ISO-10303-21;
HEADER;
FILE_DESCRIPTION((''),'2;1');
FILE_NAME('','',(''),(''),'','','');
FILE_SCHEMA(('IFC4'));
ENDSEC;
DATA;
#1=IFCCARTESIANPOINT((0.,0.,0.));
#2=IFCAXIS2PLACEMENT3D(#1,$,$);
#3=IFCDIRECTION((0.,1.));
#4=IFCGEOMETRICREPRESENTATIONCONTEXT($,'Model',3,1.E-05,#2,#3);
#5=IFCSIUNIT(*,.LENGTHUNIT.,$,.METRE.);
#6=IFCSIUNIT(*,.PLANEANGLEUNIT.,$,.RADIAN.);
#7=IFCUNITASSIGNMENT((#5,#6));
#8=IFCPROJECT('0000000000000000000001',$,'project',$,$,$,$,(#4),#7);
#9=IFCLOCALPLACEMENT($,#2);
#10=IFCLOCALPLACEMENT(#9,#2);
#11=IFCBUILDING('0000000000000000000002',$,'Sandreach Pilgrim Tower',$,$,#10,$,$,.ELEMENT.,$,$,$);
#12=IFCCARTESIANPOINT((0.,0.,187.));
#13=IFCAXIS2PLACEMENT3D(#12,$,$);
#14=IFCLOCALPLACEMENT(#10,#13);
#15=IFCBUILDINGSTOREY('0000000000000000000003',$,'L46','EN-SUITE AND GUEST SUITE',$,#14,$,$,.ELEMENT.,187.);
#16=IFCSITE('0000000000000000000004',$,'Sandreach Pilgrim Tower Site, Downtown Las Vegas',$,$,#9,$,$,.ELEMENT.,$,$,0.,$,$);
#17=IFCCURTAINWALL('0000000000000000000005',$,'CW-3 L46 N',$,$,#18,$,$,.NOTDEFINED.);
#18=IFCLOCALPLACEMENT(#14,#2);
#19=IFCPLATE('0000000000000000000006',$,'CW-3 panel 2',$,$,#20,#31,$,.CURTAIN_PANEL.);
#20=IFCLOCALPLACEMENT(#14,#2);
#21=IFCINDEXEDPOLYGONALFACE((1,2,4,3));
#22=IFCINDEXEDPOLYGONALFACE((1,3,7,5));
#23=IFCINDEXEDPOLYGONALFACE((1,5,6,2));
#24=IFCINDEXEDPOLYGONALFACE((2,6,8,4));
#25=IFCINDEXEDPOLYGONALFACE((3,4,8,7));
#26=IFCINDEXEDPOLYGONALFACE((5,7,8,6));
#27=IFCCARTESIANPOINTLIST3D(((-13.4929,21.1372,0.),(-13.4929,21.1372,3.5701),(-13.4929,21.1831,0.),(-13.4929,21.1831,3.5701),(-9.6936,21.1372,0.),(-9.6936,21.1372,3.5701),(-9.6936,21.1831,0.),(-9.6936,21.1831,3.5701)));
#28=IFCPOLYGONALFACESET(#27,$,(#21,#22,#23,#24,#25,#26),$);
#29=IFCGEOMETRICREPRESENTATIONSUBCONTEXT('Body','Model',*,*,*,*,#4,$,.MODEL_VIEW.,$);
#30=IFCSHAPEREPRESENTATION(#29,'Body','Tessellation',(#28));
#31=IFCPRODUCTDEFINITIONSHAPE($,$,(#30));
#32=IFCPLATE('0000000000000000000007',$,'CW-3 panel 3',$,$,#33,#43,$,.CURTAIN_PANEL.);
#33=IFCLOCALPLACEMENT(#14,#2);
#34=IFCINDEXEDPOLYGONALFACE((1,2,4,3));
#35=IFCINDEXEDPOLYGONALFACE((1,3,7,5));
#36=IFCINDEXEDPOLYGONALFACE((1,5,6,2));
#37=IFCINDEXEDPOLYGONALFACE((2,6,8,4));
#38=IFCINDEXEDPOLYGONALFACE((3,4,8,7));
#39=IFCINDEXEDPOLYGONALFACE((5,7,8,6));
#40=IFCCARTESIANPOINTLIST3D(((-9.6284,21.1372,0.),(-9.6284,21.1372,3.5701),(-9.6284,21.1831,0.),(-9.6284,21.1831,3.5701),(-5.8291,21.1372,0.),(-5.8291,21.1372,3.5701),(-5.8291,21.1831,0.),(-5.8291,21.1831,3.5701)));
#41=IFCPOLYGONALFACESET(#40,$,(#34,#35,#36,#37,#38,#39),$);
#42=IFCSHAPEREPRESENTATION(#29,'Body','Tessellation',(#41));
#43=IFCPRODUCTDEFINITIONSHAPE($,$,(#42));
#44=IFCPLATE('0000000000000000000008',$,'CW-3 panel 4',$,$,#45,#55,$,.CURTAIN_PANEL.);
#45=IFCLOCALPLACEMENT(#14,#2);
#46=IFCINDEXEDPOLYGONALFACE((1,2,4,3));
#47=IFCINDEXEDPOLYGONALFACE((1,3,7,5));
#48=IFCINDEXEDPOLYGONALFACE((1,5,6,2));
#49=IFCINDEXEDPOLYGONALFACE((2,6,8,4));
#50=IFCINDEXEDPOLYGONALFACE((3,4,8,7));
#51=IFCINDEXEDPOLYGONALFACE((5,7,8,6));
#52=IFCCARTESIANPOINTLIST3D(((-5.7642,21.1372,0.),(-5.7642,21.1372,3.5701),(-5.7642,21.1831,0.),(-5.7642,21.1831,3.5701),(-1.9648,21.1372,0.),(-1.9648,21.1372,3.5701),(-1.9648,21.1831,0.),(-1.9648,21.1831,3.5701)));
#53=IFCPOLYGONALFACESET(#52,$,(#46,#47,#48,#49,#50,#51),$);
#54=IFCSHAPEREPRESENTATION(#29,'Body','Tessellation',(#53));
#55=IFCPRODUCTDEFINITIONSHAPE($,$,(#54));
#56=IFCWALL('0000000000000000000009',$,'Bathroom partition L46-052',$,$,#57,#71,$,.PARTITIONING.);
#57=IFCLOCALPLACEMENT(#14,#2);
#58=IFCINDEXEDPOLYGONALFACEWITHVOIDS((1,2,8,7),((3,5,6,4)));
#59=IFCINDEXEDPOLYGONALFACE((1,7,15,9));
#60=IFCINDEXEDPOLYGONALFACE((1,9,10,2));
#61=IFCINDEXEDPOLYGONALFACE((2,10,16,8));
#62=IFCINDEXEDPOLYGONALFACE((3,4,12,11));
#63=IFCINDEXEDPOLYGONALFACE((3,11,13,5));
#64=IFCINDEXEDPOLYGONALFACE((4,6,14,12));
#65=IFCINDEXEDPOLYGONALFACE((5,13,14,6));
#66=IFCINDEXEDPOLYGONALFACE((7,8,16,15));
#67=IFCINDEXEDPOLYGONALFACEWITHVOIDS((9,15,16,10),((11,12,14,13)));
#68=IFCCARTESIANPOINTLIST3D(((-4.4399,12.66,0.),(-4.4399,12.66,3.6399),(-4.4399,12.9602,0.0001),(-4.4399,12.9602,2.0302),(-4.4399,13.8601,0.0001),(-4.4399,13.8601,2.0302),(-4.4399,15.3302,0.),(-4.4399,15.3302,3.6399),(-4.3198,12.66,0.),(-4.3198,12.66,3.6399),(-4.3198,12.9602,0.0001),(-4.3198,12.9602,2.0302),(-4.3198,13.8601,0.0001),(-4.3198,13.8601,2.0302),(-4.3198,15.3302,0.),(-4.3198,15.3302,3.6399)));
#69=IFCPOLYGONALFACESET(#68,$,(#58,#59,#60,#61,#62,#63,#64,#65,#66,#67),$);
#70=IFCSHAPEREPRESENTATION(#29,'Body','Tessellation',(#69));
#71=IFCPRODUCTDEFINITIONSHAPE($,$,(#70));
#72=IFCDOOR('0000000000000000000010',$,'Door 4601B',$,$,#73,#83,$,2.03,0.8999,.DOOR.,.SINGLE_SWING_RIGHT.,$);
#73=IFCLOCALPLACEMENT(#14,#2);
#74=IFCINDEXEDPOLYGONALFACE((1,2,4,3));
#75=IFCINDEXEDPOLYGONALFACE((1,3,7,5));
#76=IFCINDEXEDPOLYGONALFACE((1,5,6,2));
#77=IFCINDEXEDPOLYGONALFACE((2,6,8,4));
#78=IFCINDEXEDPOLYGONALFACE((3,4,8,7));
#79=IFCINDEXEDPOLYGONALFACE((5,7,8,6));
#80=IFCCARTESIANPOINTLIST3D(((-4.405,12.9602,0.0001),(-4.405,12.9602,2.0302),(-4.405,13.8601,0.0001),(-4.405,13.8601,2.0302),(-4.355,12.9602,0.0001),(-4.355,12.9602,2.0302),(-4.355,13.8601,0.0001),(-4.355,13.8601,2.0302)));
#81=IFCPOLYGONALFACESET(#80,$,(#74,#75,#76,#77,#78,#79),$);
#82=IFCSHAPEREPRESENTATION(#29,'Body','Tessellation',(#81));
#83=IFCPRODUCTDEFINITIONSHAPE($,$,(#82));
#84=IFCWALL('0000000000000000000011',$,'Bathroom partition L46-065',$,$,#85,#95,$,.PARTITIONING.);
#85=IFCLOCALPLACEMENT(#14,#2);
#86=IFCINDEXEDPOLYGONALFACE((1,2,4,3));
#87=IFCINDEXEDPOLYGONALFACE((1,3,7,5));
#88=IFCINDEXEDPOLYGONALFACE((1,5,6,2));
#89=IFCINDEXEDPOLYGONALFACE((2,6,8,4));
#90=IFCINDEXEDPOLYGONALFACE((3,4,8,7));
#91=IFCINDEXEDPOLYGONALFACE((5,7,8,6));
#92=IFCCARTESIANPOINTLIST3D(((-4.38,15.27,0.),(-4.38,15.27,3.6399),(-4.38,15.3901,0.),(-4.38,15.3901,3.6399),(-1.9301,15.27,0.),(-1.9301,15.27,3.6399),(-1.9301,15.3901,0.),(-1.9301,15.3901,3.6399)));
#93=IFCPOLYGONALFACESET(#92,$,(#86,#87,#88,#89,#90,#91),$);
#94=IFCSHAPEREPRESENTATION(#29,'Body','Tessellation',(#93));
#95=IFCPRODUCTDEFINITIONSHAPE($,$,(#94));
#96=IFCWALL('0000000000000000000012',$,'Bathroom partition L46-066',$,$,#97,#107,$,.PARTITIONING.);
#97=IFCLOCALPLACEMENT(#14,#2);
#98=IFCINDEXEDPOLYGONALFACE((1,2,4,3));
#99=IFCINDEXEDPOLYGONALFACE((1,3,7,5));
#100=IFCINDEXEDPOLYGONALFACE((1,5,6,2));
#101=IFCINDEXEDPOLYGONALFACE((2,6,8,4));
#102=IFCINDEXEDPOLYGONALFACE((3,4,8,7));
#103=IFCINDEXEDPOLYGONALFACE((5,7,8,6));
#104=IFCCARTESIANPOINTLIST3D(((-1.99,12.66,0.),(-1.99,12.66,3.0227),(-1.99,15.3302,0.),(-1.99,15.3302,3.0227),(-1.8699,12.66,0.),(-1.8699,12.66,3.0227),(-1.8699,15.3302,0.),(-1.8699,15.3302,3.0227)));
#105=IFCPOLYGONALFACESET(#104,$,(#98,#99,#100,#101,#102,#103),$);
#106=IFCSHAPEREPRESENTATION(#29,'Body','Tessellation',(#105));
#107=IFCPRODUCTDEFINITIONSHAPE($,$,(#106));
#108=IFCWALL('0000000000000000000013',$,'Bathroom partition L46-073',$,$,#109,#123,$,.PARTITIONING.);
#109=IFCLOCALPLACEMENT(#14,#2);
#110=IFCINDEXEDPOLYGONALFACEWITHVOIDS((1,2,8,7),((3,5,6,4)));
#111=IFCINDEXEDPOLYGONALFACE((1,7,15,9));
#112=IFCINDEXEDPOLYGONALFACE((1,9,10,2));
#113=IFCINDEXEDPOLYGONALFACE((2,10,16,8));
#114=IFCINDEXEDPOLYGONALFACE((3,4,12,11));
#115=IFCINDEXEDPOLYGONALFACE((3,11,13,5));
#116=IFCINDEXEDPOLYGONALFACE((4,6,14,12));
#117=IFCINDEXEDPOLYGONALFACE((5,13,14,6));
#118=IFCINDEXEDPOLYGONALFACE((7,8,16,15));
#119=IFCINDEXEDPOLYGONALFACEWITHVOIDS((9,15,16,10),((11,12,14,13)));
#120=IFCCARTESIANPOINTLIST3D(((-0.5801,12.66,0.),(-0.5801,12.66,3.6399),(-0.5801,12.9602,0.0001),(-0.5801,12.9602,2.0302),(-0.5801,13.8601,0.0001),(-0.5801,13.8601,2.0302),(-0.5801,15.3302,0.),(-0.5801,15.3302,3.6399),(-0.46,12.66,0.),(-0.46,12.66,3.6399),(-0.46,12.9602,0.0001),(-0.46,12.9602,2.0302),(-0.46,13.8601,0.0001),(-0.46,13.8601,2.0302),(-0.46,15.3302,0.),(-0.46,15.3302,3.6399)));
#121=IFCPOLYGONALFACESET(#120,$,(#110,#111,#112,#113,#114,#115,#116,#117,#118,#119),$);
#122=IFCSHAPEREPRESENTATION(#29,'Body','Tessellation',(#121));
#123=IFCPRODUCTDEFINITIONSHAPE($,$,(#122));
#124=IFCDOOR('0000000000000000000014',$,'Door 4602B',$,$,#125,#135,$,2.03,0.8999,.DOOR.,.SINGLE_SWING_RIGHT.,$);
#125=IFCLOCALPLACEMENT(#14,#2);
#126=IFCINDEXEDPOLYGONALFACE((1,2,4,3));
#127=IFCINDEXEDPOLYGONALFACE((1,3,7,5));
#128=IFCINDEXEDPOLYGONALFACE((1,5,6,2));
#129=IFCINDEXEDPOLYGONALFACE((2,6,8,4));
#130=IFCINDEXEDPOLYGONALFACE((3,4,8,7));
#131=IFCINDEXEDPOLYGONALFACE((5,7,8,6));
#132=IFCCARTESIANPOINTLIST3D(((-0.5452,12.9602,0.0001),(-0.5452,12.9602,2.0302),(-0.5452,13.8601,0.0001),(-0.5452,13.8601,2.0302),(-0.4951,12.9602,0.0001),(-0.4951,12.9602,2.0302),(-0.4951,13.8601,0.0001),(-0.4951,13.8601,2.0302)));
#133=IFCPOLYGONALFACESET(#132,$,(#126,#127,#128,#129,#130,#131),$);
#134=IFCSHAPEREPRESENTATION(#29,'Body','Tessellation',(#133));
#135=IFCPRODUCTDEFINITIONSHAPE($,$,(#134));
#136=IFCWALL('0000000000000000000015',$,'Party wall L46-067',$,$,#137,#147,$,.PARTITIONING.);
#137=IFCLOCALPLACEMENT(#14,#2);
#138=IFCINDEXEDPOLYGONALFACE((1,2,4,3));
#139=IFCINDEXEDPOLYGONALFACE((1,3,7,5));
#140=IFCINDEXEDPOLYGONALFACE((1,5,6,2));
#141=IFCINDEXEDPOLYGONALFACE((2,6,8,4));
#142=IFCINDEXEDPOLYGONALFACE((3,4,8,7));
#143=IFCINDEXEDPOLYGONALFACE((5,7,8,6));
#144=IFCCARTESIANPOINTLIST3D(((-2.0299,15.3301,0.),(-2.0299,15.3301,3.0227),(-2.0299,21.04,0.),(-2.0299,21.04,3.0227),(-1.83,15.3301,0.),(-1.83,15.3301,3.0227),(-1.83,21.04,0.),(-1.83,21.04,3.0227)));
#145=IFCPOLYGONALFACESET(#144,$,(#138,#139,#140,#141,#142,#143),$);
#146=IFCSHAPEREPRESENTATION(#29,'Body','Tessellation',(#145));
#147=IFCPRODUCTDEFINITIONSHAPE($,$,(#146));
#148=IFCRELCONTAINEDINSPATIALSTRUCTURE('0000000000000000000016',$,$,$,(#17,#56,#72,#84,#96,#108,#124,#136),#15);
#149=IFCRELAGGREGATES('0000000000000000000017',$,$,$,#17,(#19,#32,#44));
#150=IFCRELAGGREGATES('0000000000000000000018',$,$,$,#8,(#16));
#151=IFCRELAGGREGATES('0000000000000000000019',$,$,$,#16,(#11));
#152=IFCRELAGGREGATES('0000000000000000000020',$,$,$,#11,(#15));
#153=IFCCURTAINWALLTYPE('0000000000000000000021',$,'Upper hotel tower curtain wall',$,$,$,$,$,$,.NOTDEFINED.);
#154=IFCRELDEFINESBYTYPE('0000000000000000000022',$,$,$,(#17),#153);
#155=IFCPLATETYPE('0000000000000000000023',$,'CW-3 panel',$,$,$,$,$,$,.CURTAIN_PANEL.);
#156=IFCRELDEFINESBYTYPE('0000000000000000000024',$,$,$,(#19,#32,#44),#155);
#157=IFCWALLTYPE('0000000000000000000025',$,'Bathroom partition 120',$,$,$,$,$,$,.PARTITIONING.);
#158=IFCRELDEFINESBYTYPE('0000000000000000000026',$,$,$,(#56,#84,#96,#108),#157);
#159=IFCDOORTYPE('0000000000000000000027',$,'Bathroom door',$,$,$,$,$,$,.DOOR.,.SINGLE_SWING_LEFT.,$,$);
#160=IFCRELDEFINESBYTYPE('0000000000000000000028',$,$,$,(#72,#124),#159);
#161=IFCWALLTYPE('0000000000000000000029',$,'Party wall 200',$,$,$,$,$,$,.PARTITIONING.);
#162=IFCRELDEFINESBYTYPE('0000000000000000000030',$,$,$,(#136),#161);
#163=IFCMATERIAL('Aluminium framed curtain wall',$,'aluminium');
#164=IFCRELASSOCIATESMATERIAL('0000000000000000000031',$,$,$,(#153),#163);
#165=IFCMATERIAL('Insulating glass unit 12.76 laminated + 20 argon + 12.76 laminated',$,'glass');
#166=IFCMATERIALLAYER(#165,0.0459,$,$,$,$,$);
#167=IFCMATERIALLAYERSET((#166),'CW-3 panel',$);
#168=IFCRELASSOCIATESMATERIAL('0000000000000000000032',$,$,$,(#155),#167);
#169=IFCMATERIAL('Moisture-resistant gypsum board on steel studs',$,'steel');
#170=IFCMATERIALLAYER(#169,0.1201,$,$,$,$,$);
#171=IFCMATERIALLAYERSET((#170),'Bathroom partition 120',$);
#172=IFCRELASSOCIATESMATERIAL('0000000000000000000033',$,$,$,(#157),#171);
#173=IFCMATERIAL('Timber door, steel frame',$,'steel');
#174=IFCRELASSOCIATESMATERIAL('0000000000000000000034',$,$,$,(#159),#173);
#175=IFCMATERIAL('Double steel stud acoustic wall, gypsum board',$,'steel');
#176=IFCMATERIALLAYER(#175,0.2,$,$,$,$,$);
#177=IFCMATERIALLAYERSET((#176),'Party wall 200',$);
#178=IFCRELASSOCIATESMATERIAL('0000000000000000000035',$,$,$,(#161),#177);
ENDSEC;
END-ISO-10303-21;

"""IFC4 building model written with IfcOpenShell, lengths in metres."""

from ifc_helpers import new_model, si_unit, direction, frame, frame_2d, origin, origin_2d, place, context, subcontext, project, spatial, rectangle, extrude, material, layer, layer_set, type_object, element, fill, aggregate, save


model = new_model("IFC4")

# Units and contexts
model_context = context("Model", 3, precision=1e-05, world=origin(), true_north=direction((0.0, 1.0)))
body_context = subcontext(model_context, "Body", "Model", "MODEL_VIEW")
ifc_project = project(units=[si_unit("LENGTHUNIT", "METRE"), si_unit("PLANEANGLEUNIT", "RADIAN")], contexts=[model_context])

# Site, building, storey
site_placement = place(None, origin())
site = spatial("IfcSite", under=ifc_project, at=site_placement, Name="Sandreach Pilgrim Tower Site, Downtown Las Vegas", CompositionType="ELEMENT", RefElevation=0.0)
building_placement = place(site_placement, origin())
building = spatial("IfcBuilding", under=site, at=building_placement, Name="Sandreach Pilgrim Tower", CompositionType="ELEMENT")
storey_placement = place(building_placement, frame((0.0, 0.0, 187.0)))
storey = spatial("IfcBuildingStorey", under=building, at=storey_placement, Name="L46", Description="EN-SUITE AND GUEST SUITE", CompositionType="ELEMENT", Elevation=187.0)

# Curtain wall
ifc_material_1 = material(Name="Aluminium framed curtain wall", Category="aluminium")
curtain_wall_type = type_object("IfcCurtainWallType", Name="Upper hotel tower curtain wall", PredefinedType="NOTDEFINED", material=ifc_material_1)
curtain_wall_placement = place(storey_placement, origin())
curtain_wall = element("IfcCurtainWall", 1, at=curtain_wall_placement, inside=storey, type_object=curtain_wall_type, Name="CW-3 L46 N", PredefinedType="NOTDEFINED")

# Plates
ifc_material_2 = material(Name="Insulating glass unit 12.76 laminated + 20 argon + 12.76 laminated", Category="glass")
ifc_layer_1 = layer(ifc_material_2, 0.0459)
ifc_layer_set_1 = layer_set([ifc_layer_1], Name="CW-3 panel")
plate_type = type_object("IfcPlateType", Name="CW-3 panel", PredefinedType="CURTAIN_PANEL", material=ifc_layer_set_1)
plate_1_placement = place(storey_placement, frame((-11.5933, 21.1602, 0.0), z_axis=(0.0, 0.0, 1.0), x_axis=(1.0, 0.0, 0.0)))
plate_1 = element("IfcPlate", 2, at=plate_1_placement, type_object=plate_type, Name="CW-3 panel 2", PredefinedType="CURTAIN_PANEL", context=body_context, shape_type="SweptSolid", body=[
    extrude(rectangle(XDim=3.7993, YDim=0.0459, at=origin_2d()), origin(), (0.0, 0.0, 1.0), 3.5701),
])
plate_2_placement = place(storey_placement, frame((-7.7288, 21.1602, 0.0), z_axis=(0.0, 0.0, 1.0), x_axis=(1.0, 0.0, 0.0)))
plate_2 = element("IfcPlate", 3, at=plate_2_placement, type_object=plate_type, Name="CW-3 panel 3", PredefinedType="CURTAIN_PANEL", context=body_context, shape_type="SweptSolid", body=[
    extrude(rectangle(XDim=3.7993, YDim=0.0459, at=origin_2d()), origin(), (0.0, 0.0, 1.0), 3.5701),
])
plate_3_placement = place(storey_placement, frame((-3.8645, 21.1602, 0.0), z_axis=(0.0, 0.0, 1.0), x_axis=(1.0, 0.0, 0.0)))
plate_3 = element("IfcPlate", 4, at=plate_3_placement, type_object=plate_type, Name="CW-3 panel 4", PredefinedType="CURTAIN_PANEL", context=body_context, shape_type="SweptSolid", body=[
    extrude(rectangle(XDim=3.7993, YDim=0.0459, at=origin_2d()), origin(), (0.0, 0.0, 1.0), 3.5701),
])
aggregate(curtain_wall, [plate_1, plate_2, plate_3])

# Wall, opening, door
ifc_material_3 = material(Name="Moisture-resistant gypsum board on steel studs", Category="steel")
ifc_layer_2 = layer(ifc_material_3, 0.1201)
ifc_layer_set_2 = layer_set([ifc_layer_2], Name="Bathroom partition 120")
wall_type_1 = type_object("IfcWallType", Name="Bathroom partition 120", PredefinedType="PARTITIONING", material=ifc_layer_set_2)
wall_1_placement = place(storey_placement, frame((-4.3799, 15.3301, 0.0), z_axis=(0.0, 0.0, 1.0), x_axis=(0.0, -1.0, 0.0)))
wall_1 = element("IfcWall", 5, at=wall_1_placement, inside=storey, type_object=wall_type_1, Name="Bathroom partition L46-052", PredefinedType="PARTITIONING", context=body_context, shape_type="SweptSolid", body=[
    extrude(rectangle(XDim=2.6702, YDim=0.1201, at=frame_2d((1.335, 0.0))), origin(), (0.0, 0.0, 1.0), 3.6399),
])
opening_1_placement = place(wall_1_placement, frame((1.47, 0.0, 0.0)))
opening_1 = element("IfcOpeningElement", 6, at=opening_1_placement, cuts=wall_1, PredefinedType="OPENING", context=body_context, shape_type="SweptSolid", body=[
    extrude(rectangle(XDim=0.8999, YDim=2.03, at=frame_2d((0.45, 1.0151))), frame((0.0, 0.0601, 0.0), z_axis=(0.0, -1.0, 0.0), x_axis=(1.0, 0.0, 0.0)), (0.0, 0.0, 1.0), 0.1201),
])
ifc_material_4 = material(Name="Timber door, steel frame", Category="steel")
door_type = type_object("IfcDoorType", Name="Bathroom door", OperationType="SINGLE_SWING_LEFT", PredefinedType="DOOR", material=ifc_material_4)
door_1_placement = place(opening_1_placement, origin())
door_1 = element("IfcDoor", 7, at=door_1_placement, inside=storey, type_object=door_type, Name="Door 4601B", OperationType="SINGLE_SWING_RIGHT", OverallHeight=2.03, OverallWidth=0.8999, PredefinedType="DOOR", context=body_context, shape_type="SweptSolid", body=[
    extrude(rectangle(XDim=0.8999, YDim=2.03, at=frame_2d((0.45, 1.0151))), frame((0.0, 0.0249, 0.0), z_axis=(0.0, -1.0, 0.0), x_axis=(1.0, 0.0, 0.0)), (0.0, 0.0, 1.0), 0.05),
])
fill(opening_1, door_1)

# Walls
wall_2_placement = place(storey_placement, frame((-1.9299, 15.3301, 0.0), z_axis=(0.0, 0.0, 1.0), x_axis=(-1.0, 0.0, 0.0)))
element("IfcWall", 8, at=wall_2_placement, inside=storey, type_object=wall_type_1, Name="Bathroom partition L46-065", PredefinedType="PARTITIONING", context=body_context, shape_type="SweptSolid", body=[
    extrude(rectangle(XDim=2.45, YDim=0.1201, at=frame_2d((1.2251, 0.0))), origin(), (0.0, 0.0, 1.0), 3.6399),
])
wall_3_placement = place(storey_placement, frame((-1.9299, 15.3301, 0.0), z_axis=(0.0, 0.0, 1.0), x_axis=(0.0, -1.0, 0.0)))
element("IfcWall", 9, at=wall_3_placement, inside=storey, type_object=wall_type_1, Name="Bathroom partition L46-066", PredefinedType="PARTITIONING", context=body_context, shape_type="SweptSolid", body=[
    extrude(rectangle(XDim=2.6702, YDim=0.1201, at=frame_2d((1.335, 0.0))), origin(), (0.0, 0.0, 1.0), 3.0227),
])

# Wall, opening, door
wall_4_placement = place(storey_placement, frame((-0.52, 15.3301, 0.0), z_axis=(0.0, 0.0, 1.0), x_axis=(0.0, -1.0, 0.0)))
wall_4 = element("IfcWall", 10, at=wall_4_placement, inside=storey, type_object=wall_type_1, Name="Bathroom partition L46-073", PredefinedType="PARTITIONING", context=body_context, shape_type="SweptSolid", body=[
    extrude(rectangle(XDim=2.6702, YDim=0.1201, at=frame_2d((1.335, 0.0))), origin(), (0.0, 0.0, 1.0), 3.6399),
])
opening_2_placement = place(wall_4_placement, frame((1.47, 0.0, 0.0)))
opening_2 = element("IfcOpeningElement", 11, at=opening_2_placement, cuts=wall_4, PredefinedType="OPENING", context=body_context, shape_type="SweptSolid", body=[
    extrude(rectangle(XDim=0.8999, YDim=2.03, at=frame_2d((0.45, 1.0151))), frame((0.0, 0.0601, 0.0), z_axis=(0.0, -1.0, 0.0), x_axis=(1.0, 0.0, 0.0)), (0.0, 0.0, 1.0), 0.1201),
])
door_2_placement = place(opening_2_placement, origin())
door_2 = element("IfcDoor", 12, at=door_2_placement, inside=storey, type_object=door_type, Name="Door 4602B", OperationType="SINGLE_SWING_RIGHT", OverallHeight=2.03, OverallWidth=0.8999, PredefinedType="DOOR", context=body_context, shape_type="SweptSolid", body=[
    extrude(rectangle(XDim=0.8999, YDim=2.03, at=frame_2d((0.45, 1.0151))), frame((0.0, 0.0249, 0.0), z_axis=(0.0, -1.0, 0.0), x_axis=(1.0, 0.0, 0.0)), (0.0, 0.0, 1.0), 0.05),
])
fill(opening_2, door_2)

# Wall
ifc_material_5 = material(Name="Double steel stud acoustic wall, gypsum board", Category="steel")
ifc_layer_3 = layer(ifc_material_5, 0.2)
ifc_layer_set_3 = layer_set([ifc_layer_3], Name="Party wall 200")
wall_type_2 = type_object("IfcWallType", Name="Party wall 200", PredefinedType="PARTITIONING", material=ifc_layer_set_3)
wall_5_placement = place(storey_placement, frame((-1.9299, 21.04, 0.0), z_axis=(0.0, 0.0, 1.0), x_axis=(0.0, -1.0, 0.0)))
element("IfcWall", 13, at=wall_5_placement, inside=storey, type_object=wall_type_2, Name="Party wall L46-067", PredefinedType="PARTITIONING", context=body_context, shape_type="SweptSolid", body=[
    extrude(rectangle(XDim=5.71, YDim=0.2, at=frame_2d((2.855, 0.0))), origin(), (0.0, 0.0, 1.0), 3.0227),
])

save(model, "model.ifc")
